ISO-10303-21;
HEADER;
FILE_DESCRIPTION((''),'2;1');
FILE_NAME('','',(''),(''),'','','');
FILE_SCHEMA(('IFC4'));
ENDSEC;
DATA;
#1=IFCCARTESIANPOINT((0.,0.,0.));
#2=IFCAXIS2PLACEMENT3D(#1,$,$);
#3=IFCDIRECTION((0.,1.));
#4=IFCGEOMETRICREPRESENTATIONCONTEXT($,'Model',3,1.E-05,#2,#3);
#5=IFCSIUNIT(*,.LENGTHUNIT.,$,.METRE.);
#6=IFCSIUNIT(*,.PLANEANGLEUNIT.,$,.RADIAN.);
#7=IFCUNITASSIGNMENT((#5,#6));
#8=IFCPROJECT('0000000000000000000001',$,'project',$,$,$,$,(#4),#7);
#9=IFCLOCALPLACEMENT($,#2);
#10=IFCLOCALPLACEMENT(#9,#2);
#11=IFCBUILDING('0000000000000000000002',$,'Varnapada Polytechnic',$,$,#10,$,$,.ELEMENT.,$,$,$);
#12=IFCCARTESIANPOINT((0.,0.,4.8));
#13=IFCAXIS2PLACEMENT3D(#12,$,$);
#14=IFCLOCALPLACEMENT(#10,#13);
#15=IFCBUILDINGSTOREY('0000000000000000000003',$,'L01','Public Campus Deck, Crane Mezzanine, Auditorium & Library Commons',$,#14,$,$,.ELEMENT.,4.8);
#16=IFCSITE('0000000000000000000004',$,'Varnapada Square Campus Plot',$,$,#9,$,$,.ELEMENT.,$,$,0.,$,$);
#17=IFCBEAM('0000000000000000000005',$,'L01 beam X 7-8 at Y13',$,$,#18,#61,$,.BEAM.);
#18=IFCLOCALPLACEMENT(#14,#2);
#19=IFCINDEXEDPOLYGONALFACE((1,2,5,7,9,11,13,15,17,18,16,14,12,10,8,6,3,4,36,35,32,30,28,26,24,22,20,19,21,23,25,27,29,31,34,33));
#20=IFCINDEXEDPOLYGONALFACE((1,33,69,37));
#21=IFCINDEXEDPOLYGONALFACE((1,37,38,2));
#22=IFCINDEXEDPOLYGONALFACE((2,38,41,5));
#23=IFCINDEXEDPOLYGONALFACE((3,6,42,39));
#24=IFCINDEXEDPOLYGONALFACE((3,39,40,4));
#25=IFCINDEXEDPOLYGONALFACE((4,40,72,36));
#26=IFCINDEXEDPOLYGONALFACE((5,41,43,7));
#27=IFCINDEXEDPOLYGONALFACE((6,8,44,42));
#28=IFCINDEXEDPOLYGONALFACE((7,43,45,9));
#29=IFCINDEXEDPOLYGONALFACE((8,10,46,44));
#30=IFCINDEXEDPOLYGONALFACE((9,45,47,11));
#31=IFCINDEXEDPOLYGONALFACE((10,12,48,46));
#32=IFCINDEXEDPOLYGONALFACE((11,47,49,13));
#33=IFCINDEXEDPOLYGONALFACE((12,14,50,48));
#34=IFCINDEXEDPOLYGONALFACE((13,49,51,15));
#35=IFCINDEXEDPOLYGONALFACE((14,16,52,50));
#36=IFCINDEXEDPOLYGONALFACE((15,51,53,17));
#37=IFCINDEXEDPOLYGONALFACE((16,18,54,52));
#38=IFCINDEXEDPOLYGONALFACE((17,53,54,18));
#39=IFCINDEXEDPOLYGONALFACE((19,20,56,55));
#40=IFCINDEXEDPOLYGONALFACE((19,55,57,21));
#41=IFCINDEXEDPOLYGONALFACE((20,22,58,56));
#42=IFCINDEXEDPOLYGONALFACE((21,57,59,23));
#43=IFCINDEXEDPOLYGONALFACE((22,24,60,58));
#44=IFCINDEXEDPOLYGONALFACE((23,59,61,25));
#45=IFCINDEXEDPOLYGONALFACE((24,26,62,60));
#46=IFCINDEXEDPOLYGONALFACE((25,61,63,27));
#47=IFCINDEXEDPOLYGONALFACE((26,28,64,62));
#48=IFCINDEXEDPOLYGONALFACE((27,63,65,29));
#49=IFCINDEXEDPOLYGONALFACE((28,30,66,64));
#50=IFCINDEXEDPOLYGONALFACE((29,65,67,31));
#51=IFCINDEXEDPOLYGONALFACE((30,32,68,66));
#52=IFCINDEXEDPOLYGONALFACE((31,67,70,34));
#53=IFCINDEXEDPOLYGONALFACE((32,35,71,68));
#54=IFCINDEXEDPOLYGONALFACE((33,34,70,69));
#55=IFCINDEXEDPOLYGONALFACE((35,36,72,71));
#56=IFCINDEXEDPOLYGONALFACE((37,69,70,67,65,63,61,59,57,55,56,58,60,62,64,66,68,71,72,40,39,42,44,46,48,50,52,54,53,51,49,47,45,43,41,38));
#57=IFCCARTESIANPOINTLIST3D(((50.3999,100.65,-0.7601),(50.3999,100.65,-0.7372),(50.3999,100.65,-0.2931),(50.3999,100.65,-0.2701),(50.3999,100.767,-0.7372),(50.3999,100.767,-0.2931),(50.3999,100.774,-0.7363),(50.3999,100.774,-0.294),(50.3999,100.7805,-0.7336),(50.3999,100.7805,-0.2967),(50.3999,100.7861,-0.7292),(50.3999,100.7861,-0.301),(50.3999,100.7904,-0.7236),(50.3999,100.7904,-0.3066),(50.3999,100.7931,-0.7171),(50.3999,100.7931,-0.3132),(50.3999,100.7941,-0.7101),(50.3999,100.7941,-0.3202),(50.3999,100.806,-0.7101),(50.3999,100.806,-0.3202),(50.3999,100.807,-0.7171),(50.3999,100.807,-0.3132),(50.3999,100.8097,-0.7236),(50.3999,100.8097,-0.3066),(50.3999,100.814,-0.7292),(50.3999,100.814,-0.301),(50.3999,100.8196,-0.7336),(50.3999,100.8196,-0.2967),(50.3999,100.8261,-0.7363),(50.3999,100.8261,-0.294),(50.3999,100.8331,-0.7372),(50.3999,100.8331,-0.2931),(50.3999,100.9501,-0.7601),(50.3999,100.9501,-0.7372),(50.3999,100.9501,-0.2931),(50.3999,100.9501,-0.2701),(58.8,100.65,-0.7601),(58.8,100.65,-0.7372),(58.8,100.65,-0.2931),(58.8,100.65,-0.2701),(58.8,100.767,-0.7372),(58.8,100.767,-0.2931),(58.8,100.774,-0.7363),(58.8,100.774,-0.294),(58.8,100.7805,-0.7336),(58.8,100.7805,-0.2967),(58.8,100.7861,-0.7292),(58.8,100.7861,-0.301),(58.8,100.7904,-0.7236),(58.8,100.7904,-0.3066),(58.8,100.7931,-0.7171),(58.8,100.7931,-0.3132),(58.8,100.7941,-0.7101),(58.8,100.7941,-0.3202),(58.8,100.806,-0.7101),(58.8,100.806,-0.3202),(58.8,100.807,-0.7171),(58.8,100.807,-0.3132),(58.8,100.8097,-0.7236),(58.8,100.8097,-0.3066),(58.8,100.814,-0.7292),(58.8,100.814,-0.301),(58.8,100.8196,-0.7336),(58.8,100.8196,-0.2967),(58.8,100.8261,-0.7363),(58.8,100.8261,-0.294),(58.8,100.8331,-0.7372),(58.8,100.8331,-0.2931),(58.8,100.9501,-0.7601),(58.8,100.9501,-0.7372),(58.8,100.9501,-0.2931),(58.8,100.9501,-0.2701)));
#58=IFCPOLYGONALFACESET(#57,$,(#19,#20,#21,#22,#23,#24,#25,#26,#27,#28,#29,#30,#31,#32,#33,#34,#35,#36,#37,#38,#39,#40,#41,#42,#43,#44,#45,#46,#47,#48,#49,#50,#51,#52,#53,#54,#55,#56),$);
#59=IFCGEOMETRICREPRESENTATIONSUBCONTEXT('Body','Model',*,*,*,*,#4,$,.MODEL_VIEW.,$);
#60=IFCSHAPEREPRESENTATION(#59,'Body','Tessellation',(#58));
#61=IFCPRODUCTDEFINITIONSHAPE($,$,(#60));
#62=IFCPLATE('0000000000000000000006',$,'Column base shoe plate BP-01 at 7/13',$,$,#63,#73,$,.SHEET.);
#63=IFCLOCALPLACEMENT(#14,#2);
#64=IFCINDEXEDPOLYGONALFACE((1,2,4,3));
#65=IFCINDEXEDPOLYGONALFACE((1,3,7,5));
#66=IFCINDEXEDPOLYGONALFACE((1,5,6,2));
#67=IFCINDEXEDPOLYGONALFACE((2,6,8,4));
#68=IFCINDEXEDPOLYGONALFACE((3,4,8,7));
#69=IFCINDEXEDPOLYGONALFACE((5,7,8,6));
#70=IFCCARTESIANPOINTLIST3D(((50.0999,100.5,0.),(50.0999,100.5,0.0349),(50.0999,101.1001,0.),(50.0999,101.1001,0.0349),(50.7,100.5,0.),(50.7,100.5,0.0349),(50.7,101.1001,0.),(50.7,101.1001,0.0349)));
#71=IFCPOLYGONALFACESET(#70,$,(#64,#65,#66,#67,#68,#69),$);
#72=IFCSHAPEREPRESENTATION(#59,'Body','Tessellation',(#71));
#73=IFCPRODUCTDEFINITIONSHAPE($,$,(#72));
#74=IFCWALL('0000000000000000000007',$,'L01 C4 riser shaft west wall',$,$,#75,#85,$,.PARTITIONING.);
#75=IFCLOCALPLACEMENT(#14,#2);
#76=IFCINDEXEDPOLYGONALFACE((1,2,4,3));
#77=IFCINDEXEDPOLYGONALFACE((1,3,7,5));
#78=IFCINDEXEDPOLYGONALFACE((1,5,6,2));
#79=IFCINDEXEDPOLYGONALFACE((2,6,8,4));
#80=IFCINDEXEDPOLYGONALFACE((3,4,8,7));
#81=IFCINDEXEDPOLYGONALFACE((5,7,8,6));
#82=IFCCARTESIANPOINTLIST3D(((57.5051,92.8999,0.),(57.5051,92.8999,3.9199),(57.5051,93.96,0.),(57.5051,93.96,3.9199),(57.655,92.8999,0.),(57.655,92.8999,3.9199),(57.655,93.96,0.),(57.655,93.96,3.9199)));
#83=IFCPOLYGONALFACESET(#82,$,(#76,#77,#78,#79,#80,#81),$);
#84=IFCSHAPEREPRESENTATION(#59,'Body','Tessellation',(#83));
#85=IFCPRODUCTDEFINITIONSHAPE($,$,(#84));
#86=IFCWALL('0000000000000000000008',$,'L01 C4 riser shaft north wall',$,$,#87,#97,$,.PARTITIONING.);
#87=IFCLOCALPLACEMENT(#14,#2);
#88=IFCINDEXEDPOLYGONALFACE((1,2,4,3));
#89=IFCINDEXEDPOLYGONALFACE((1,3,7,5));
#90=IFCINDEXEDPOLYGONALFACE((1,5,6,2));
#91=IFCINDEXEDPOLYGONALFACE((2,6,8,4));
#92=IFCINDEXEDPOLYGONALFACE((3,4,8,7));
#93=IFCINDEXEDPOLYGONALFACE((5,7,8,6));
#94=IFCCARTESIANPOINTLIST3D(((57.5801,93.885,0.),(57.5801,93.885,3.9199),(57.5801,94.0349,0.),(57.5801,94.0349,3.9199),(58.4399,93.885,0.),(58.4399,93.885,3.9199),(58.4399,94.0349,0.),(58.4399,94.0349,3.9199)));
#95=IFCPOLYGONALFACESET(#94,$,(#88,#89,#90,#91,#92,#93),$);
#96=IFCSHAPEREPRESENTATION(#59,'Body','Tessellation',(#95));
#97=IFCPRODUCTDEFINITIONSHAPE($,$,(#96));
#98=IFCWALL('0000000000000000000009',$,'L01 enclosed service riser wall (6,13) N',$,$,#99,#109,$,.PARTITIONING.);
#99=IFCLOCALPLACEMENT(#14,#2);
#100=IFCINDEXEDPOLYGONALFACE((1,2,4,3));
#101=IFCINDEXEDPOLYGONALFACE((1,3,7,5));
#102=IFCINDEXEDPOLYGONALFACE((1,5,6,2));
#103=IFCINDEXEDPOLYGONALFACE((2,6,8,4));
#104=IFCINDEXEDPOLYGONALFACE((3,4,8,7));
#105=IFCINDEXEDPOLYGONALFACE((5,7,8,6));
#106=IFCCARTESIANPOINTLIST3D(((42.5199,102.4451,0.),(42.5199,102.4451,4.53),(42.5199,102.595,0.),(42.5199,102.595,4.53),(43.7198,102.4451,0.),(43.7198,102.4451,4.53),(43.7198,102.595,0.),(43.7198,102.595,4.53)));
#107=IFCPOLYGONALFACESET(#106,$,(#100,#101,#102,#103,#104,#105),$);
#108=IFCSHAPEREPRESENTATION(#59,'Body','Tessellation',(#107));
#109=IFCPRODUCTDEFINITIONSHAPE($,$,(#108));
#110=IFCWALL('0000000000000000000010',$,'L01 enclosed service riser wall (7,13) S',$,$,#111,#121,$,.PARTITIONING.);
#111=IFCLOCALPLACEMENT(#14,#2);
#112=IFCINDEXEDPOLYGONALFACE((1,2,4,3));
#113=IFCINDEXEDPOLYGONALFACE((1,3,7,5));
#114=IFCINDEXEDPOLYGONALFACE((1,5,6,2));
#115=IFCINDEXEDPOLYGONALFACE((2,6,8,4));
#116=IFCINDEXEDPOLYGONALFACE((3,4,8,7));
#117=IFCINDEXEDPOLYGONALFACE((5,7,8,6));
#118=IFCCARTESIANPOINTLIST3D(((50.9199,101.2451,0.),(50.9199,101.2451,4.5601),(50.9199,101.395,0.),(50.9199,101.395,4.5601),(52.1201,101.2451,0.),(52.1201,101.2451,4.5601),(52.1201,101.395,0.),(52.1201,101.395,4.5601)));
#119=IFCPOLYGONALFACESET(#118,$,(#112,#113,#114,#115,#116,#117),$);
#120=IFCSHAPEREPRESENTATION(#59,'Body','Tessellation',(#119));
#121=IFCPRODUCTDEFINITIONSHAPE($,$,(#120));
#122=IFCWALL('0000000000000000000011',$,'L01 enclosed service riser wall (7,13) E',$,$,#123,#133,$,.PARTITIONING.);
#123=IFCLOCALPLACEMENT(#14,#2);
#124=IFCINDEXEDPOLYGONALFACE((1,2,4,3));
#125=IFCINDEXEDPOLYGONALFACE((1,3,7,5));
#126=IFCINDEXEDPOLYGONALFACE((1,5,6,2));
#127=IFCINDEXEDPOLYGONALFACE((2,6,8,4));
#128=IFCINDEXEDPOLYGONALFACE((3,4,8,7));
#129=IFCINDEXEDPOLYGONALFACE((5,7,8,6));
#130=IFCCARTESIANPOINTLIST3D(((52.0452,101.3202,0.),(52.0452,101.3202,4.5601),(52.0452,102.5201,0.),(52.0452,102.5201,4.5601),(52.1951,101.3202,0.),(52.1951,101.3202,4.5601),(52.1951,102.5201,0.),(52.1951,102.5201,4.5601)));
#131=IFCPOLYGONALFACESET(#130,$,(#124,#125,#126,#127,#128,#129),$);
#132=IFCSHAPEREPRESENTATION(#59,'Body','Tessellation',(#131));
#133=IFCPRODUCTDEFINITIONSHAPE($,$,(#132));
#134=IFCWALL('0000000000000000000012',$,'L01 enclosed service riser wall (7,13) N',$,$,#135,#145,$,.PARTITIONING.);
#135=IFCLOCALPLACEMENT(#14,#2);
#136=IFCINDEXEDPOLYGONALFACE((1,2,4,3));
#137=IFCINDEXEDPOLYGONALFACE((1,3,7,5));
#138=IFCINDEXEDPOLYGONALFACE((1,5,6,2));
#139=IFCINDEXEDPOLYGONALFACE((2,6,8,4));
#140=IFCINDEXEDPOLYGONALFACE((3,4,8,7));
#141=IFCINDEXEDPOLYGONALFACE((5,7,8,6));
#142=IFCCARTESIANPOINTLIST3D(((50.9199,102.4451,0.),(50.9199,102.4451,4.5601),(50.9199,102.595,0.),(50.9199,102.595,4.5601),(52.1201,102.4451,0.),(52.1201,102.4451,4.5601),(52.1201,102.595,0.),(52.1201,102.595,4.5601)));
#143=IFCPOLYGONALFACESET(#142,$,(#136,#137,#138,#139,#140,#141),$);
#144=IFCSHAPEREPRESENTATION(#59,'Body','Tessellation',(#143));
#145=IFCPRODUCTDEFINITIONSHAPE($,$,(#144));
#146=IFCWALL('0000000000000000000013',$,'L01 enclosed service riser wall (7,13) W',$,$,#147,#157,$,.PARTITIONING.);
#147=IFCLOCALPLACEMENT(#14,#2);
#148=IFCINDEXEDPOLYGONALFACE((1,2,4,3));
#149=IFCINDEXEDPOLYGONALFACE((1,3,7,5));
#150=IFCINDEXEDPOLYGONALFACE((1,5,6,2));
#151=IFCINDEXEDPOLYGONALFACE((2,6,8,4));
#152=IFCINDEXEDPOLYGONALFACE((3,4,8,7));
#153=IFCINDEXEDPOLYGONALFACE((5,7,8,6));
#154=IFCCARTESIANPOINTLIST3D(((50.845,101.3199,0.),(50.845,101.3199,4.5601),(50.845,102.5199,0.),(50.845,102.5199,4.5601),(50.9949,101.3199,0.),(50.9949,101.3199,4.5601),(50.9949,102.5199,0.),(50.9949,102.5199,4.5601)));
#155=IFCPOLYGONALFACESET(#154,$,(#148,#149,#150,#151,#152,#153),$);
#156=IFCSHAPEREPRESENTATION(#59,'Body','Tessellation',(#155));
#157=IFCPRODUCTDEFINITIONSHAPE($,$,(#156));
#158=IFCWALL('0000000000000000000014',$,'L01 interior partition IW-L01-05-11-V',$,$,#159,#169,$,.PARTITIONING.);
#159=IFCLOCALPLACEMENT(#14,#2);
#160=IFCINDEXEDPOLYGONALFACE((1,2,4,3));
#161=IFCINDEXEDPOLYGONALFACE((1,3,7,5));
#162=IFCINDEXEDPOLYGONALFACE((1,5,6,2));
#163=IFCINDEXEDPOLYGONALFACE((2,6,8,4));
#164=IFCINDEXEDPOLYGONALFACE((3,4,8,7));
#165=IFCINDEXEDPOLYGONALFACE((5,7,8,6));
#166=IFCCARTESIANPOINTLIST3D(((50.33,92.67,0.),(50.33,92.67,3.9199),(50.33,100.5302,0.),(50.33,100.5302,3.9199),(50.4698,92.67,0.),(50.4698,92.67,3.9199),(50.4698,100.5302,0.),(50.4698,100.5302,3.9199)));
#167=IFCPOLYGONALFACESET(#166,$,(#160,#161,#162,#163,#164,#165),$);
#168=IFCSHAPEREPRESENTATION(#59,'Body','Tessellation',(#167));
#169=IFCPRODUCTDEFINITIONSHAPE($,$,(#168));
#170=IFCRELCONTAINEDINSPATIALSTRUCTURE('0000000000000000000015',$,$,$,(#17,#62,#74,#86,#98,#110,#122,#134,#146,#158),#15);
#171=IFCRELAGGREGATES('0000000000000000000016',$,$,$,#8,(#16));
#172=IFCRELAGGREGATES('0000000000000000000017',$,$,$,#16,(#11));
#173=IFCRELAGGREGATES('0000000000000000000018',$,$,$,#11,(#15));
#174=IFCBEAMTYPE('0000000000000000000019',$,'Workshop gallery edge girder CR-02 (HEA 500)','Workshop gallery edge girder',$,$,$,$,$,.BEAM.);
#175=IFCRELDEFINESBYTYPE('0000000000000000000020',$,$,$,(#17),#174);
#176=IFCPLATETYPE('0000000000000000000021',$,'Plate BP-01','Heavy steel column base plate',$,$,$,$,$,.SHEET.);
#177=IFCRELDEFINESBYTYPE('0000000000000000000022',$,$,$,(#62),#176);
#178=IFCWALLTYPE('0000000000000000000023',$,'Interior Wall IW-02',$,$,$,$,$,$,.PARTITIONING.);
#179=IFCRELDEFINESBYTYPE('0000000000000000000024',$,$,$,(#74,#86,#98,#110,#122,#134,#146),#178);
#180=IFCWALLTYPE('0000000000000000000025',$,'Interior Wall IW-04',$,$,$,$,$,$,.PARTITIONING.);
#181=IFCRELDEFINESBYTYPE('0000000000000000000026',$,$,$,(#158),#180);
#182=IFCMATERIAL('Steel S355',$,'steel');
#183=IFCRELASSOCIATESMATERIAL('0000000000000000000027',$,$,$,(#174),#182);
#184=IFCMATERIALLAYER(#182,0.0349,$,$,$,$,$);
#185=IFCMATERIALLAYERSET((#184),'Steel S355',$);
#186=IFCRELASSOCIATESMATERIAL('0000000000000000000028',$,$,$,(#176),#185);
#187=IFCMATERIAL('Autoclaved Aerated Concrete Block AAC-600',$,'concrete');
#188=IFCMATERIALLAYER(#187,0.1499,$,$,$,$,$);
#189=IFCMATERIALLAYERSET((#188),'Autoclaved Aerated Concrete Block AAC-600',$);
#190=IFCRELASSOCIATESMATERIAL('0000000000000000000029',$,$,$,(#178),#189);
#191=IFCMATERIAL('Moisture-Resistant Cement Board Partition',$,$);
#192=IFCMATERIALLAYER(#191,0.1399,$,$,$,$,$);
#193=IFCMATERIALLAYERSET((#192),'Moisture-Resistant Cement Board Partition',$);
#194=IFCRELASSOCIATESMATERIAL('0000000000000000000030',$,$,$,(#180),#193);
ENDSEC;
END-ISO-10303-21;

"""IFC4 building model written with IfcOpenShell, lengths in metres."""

from ifc_helpers import new_model, si_unit, direction, frame, frame_2d, origin, origin_2d, place, context, subcontext, project, spatial, rectangle, i_section, extrude, material, layer, layer_set, material_profile, profile_set, type_object, element, save


model = new_model("IFC4")

# Units and contexts
model_context = context("Model", 3, precision=1e-05, world=origin(), true_north=direction((0.0, 1.0)))
body_context = subcontext(model_context, "Body", "Model", "MODEL_VIEW")
ifc_project = project(units=[si_unit("LENGTHUNIT", "METRE"), si_unit("PLANEANGLEUNIT", "RADIAN")], contexts=[model_context])

# Site, building, storey
site_placement = place(None, origin())
site = spatial("IfcSite", under=ifc_project, at=site_placement, Name="Varnapada Square Campus Plot", CompositionType="ELEMENT", RefElevation=0.0)
building_placement = place(site_placement, origin())
building = spatial("IfcBuilding", under=site, at=building_placement, Name="Varnapada Polytechnic", CompositionType="ELEMENT")
storey_placement = place(building_placement, frame((0.0, 0.0, 4.8)))
storey = spatial("IfcBuildingStorey", under=building, at=storey_placement, Name="L01", Description="Public Campus Deck, Crane Mezzanine, Auditorium & Library Commons", CompositionType="ELEMENT", Elevation=4.8)

# Shared definitions
ifc_material_1 = material(Name="Steel S355", Category="steel")

# Beam
ifc_material_profile_1 = material_profile(ifc_material_1, i_section(OverallWidth=0.3, OverallDepth=0.49, WebThickness=0.012, FlangeThickness=0.0229, FilletRadius=0.0271, at=origin_2d()), Name="HEA 500")
ifc_profile_set_1 = profile_set([ifc_material_profile_1], Name="Steel S355")
beam_type_1 = type_object("IfcBeamType", Name="Workshop gallery edge girder CR-02 (HEA 500)", Description="Workshop gallery edge girder", PredefinedType="BEAM", material=ifc_profile_set_1)
beam_1_placement = place(storey_placement, frame((50.3999, 100.8, -0.5151), z_axis=(1.0, 0.0, 0.0), x_axis=(0.0, 1.0, 0.0)))
element("IfcBeam", 1, at=beam_1_placement, inside=storey, type_object=beam_type_1, Name="L01 beam X 7-8 at Y13", PredefinedType="BEAM", context=body_context, shape_type="SweptSolid", body=[
    extrude(i_section(OverallWidth=0.3, OverallDepth=0.49, WebThickness=0.012, FlangeThickness=0.0229, FilletRadius=0.0271, at=origin_2d()), origin(), (0.0, 0.0, 1.0), 8.4001),
])

# Plate
ifc_layer_1 = layer(ifc_material_1, 0.0349)
ifc_layer_set_1 = layer_set([ifc_layer_1], Name="Steel S355")
plate_type = type_object("IfcPlateType", Name="Plate BP-01", Description="Heavy steel column base plate", PredefinedType="SHEET", material=ifc_layer_set_1)
plate_placement = place(storey_placement, frame((50.3999, 100.8, 0.0), z_axis=(0.0, 0.0, 1.0), x_axis=(1.0, 0.0, 0.0)))
element("IfcPlate", 2, at=plate_placement, inside=storey, type_object=plate_type, Name="Column base shoe plate BP-01 at 7/13", PredefinedType="SHEET", context=body_context, shape_type="SweptSolid", body=[
    extrude(rectangle(XDim=0.6001, YDim=0.6001, at=origin_2d()), origin(), (0.0, 0.0, 1.0), 0.0349),
])

# Walls
ifc_material_2 = material(Name="Autoclaved Aerated Concrete Block AAC-600", Category="concrete")
ifc_layer_2 = layer(ifc_material_2, 0.1499)
ifc_layer_set_2 = layer_set([ifc_layer_2], Name="Autoclaved Aerated Concrete Block AAC-600")
wall_type_1 = type_object("IfcWallType", Name="Interior Wall IW-02", PredefinedType="PARTITIONING", material=ifc_layer_set_2)
wall_1_placement = place(storey_placement, frame((57.5801, 93.96, 0.0), z_axis=(0.0, 0.0, 1.0), x_axis=(0.0, -1.0, 0.0)))
element("IfcWall", 3, at=wall_1_placement, inside=storey, type_object=wall_type_1, Name="L01 C4 riser shaft west wall", PredefinedType="PARTITIONING", context=body_context, shape_type="SweptSolid", body=[
    extrude(rectangle(XDim=1.0601, YDim=0.1499, at=frame_2d((0.53, 0.0))), origin(), (0.0, 0.0, 1.0), 3.9199),
])
wall_2_placement = place(storey_placement, frame((57.5801, 93.96, 0.0), z_axis=(0.0, 0.0, 1.0), x_axis=(1.0, 0.0, 0.0)))
element("IfcWall", 4, at=wall_2_placement, inside=storey, type_object=wall_type_1, Name="L01 C4 riser shaft north wall", PredefinedType="PARTITIONING", context=body_context, shape_type="SweptSolid", body=[
    extrude(rectangle(XDim=0.8599, YDim=0.1499, at=frame_2d((0.4299, 0.0))), origin(), (0.0, 0.0, 1.0), 3.9199),
])
wall_3_placement = place(storey_placement, frame((43.72, 102.52, 0.0), z_axis=(0.0, 0.0, 1.0), x_axis=(-1.0, 0.0, 0.0)))
element("IfcWall", 5, at=wall_3_placement, inside=storey, type_object=wall_type_1, Name="L01 enclosed service riser wall (6,13) N", PredefinedType="PARTITIONING", context=body_context, shape_type="SweptSolid", body=[
    extrude(rectangle(XDim=1.2, YDim=0.1499, at=frame_2d((0.6001, 0.0))), origin(), (0.0, 0.0, 1.0), 4.53),
])
wall_4_placement = place(storey_placement, frame((50.9199, 101.3201, 0.0), z_axis=(0.0, 0.0, 1.0), x_axis=(1.0, 0.0, 0.0)))
element("IfcWall", 6, at=wall_4_placement, inside=storey, type_object=wall_type_1, Name="L01 enclosed service riser wall (7,13) S", PredefinedType="PARTITIONING", context=body_context, shape_type="SweptSolid", body=[
    extrude(rectangle(XDim=1.2002, YDim=0.1499, at=frame_2d((0.6001, 0.0))), origin(), (0.0, 0.0, 1.0), 4.5601),
])
wall_5_placement = place(storey_placement, frame((52.1201, 101.3201, 0.0), z_axis=(0.0, 0.0, 1.0), x_axis=(0.0, 1.0, 0.0)))
element("IfcWall", 7, at=wall_5_placement, inside=storey, type_object=wall_type_1, Name="L01 enclosed service riser wall (7,13) E", PredefinedType="PARTITIONING", context=body_context, shape_type="SweptSolid", body=[
    extrude(rectangle(XDim=1.2, YDim=0.1499, at=frame_2d((0.6001, 0.0))), origin(), (0.0, 0.0, 1.0), 4.5601),
])
wall_6_placement = place(storey_placement, frame((52.1201, 102.52, 0.0), z_axis=(0.0, 0.0, 1.0), x_axis=(-1.0, 0.0, 0.0)))
element("IfcWall", 8, at=wall_6_placement, inside=storey, type_object=wall_type_1, Name="L01 enclosed service riser wall (7,13) N", PredefinedType="PARTITIONING", context=body_context, shape_type="SweptSolid", body=[
    extrude(rectangle(XDim=1.2002, YDim=0.1499, at=frame_2d((0.6001, 0.0))), origin(), (0.0, 0.0, 1.0), 4.5601),
])
wall_7_placement = place(storey_placement, frame((50.9199, 102.52, 0.0), z_axis=(0.0, 0.0, 1.0), x_axis=(0.0, -1.0, 0.0)))
element("IfcWall", 9, at=wall_7_placement, inside=storey, type_object=wall_type_1, Name="L01 enclosed service riser wall (7,13) W", PredefinedType="PARTITIONING", context=body_context, shape_type="SweptSolid", body=[
    extrude(rectangle(XDim=1.2, YDim=0.1499, at=frame_2d((0.6001, 0.0))), origin(), (0.0, 0.0, 1.0), 4.5601),
])
ifc_material_3 = material(Name="Moisture-Resistant Cement Board Partition")
ifc_layer_3 = layer(ifc_material_3, 0.1399)
ifc_layer_set_3 = layer_set([ifc_layer_3], Name="Moisture-Resistant Cement Board Partition")
wall_type_2 = type_object("IfcWallType", Name="Interior Wall IW-04", PredefinedType="PARTITIONING", material=ifc_layer_set_3)
wall_8_placement = place(storey_placement, frame((50.3999, 92.6699, 0.0), z_axis=(0.0, 0.0, 1.0), x_axis=(0.0, 1.0, 0.0)))
element("IfcWall", 10, at=wall_8_placement, inside=storey, type_object=wall_type_2, Name="L01 interior partition IW-L01-05-11-V", PredefinedType="PARTITIONING", context=body_context, shape_type="SweptSolid", body=[
    extrude(rectangle(XDim=7.8601, YDim=0.1399, at=frame_2d((3.9302, 0.0))), origin(), (0.0, 0.0, 1.0), 3.9199),
])

save(model, "model.ifc")
